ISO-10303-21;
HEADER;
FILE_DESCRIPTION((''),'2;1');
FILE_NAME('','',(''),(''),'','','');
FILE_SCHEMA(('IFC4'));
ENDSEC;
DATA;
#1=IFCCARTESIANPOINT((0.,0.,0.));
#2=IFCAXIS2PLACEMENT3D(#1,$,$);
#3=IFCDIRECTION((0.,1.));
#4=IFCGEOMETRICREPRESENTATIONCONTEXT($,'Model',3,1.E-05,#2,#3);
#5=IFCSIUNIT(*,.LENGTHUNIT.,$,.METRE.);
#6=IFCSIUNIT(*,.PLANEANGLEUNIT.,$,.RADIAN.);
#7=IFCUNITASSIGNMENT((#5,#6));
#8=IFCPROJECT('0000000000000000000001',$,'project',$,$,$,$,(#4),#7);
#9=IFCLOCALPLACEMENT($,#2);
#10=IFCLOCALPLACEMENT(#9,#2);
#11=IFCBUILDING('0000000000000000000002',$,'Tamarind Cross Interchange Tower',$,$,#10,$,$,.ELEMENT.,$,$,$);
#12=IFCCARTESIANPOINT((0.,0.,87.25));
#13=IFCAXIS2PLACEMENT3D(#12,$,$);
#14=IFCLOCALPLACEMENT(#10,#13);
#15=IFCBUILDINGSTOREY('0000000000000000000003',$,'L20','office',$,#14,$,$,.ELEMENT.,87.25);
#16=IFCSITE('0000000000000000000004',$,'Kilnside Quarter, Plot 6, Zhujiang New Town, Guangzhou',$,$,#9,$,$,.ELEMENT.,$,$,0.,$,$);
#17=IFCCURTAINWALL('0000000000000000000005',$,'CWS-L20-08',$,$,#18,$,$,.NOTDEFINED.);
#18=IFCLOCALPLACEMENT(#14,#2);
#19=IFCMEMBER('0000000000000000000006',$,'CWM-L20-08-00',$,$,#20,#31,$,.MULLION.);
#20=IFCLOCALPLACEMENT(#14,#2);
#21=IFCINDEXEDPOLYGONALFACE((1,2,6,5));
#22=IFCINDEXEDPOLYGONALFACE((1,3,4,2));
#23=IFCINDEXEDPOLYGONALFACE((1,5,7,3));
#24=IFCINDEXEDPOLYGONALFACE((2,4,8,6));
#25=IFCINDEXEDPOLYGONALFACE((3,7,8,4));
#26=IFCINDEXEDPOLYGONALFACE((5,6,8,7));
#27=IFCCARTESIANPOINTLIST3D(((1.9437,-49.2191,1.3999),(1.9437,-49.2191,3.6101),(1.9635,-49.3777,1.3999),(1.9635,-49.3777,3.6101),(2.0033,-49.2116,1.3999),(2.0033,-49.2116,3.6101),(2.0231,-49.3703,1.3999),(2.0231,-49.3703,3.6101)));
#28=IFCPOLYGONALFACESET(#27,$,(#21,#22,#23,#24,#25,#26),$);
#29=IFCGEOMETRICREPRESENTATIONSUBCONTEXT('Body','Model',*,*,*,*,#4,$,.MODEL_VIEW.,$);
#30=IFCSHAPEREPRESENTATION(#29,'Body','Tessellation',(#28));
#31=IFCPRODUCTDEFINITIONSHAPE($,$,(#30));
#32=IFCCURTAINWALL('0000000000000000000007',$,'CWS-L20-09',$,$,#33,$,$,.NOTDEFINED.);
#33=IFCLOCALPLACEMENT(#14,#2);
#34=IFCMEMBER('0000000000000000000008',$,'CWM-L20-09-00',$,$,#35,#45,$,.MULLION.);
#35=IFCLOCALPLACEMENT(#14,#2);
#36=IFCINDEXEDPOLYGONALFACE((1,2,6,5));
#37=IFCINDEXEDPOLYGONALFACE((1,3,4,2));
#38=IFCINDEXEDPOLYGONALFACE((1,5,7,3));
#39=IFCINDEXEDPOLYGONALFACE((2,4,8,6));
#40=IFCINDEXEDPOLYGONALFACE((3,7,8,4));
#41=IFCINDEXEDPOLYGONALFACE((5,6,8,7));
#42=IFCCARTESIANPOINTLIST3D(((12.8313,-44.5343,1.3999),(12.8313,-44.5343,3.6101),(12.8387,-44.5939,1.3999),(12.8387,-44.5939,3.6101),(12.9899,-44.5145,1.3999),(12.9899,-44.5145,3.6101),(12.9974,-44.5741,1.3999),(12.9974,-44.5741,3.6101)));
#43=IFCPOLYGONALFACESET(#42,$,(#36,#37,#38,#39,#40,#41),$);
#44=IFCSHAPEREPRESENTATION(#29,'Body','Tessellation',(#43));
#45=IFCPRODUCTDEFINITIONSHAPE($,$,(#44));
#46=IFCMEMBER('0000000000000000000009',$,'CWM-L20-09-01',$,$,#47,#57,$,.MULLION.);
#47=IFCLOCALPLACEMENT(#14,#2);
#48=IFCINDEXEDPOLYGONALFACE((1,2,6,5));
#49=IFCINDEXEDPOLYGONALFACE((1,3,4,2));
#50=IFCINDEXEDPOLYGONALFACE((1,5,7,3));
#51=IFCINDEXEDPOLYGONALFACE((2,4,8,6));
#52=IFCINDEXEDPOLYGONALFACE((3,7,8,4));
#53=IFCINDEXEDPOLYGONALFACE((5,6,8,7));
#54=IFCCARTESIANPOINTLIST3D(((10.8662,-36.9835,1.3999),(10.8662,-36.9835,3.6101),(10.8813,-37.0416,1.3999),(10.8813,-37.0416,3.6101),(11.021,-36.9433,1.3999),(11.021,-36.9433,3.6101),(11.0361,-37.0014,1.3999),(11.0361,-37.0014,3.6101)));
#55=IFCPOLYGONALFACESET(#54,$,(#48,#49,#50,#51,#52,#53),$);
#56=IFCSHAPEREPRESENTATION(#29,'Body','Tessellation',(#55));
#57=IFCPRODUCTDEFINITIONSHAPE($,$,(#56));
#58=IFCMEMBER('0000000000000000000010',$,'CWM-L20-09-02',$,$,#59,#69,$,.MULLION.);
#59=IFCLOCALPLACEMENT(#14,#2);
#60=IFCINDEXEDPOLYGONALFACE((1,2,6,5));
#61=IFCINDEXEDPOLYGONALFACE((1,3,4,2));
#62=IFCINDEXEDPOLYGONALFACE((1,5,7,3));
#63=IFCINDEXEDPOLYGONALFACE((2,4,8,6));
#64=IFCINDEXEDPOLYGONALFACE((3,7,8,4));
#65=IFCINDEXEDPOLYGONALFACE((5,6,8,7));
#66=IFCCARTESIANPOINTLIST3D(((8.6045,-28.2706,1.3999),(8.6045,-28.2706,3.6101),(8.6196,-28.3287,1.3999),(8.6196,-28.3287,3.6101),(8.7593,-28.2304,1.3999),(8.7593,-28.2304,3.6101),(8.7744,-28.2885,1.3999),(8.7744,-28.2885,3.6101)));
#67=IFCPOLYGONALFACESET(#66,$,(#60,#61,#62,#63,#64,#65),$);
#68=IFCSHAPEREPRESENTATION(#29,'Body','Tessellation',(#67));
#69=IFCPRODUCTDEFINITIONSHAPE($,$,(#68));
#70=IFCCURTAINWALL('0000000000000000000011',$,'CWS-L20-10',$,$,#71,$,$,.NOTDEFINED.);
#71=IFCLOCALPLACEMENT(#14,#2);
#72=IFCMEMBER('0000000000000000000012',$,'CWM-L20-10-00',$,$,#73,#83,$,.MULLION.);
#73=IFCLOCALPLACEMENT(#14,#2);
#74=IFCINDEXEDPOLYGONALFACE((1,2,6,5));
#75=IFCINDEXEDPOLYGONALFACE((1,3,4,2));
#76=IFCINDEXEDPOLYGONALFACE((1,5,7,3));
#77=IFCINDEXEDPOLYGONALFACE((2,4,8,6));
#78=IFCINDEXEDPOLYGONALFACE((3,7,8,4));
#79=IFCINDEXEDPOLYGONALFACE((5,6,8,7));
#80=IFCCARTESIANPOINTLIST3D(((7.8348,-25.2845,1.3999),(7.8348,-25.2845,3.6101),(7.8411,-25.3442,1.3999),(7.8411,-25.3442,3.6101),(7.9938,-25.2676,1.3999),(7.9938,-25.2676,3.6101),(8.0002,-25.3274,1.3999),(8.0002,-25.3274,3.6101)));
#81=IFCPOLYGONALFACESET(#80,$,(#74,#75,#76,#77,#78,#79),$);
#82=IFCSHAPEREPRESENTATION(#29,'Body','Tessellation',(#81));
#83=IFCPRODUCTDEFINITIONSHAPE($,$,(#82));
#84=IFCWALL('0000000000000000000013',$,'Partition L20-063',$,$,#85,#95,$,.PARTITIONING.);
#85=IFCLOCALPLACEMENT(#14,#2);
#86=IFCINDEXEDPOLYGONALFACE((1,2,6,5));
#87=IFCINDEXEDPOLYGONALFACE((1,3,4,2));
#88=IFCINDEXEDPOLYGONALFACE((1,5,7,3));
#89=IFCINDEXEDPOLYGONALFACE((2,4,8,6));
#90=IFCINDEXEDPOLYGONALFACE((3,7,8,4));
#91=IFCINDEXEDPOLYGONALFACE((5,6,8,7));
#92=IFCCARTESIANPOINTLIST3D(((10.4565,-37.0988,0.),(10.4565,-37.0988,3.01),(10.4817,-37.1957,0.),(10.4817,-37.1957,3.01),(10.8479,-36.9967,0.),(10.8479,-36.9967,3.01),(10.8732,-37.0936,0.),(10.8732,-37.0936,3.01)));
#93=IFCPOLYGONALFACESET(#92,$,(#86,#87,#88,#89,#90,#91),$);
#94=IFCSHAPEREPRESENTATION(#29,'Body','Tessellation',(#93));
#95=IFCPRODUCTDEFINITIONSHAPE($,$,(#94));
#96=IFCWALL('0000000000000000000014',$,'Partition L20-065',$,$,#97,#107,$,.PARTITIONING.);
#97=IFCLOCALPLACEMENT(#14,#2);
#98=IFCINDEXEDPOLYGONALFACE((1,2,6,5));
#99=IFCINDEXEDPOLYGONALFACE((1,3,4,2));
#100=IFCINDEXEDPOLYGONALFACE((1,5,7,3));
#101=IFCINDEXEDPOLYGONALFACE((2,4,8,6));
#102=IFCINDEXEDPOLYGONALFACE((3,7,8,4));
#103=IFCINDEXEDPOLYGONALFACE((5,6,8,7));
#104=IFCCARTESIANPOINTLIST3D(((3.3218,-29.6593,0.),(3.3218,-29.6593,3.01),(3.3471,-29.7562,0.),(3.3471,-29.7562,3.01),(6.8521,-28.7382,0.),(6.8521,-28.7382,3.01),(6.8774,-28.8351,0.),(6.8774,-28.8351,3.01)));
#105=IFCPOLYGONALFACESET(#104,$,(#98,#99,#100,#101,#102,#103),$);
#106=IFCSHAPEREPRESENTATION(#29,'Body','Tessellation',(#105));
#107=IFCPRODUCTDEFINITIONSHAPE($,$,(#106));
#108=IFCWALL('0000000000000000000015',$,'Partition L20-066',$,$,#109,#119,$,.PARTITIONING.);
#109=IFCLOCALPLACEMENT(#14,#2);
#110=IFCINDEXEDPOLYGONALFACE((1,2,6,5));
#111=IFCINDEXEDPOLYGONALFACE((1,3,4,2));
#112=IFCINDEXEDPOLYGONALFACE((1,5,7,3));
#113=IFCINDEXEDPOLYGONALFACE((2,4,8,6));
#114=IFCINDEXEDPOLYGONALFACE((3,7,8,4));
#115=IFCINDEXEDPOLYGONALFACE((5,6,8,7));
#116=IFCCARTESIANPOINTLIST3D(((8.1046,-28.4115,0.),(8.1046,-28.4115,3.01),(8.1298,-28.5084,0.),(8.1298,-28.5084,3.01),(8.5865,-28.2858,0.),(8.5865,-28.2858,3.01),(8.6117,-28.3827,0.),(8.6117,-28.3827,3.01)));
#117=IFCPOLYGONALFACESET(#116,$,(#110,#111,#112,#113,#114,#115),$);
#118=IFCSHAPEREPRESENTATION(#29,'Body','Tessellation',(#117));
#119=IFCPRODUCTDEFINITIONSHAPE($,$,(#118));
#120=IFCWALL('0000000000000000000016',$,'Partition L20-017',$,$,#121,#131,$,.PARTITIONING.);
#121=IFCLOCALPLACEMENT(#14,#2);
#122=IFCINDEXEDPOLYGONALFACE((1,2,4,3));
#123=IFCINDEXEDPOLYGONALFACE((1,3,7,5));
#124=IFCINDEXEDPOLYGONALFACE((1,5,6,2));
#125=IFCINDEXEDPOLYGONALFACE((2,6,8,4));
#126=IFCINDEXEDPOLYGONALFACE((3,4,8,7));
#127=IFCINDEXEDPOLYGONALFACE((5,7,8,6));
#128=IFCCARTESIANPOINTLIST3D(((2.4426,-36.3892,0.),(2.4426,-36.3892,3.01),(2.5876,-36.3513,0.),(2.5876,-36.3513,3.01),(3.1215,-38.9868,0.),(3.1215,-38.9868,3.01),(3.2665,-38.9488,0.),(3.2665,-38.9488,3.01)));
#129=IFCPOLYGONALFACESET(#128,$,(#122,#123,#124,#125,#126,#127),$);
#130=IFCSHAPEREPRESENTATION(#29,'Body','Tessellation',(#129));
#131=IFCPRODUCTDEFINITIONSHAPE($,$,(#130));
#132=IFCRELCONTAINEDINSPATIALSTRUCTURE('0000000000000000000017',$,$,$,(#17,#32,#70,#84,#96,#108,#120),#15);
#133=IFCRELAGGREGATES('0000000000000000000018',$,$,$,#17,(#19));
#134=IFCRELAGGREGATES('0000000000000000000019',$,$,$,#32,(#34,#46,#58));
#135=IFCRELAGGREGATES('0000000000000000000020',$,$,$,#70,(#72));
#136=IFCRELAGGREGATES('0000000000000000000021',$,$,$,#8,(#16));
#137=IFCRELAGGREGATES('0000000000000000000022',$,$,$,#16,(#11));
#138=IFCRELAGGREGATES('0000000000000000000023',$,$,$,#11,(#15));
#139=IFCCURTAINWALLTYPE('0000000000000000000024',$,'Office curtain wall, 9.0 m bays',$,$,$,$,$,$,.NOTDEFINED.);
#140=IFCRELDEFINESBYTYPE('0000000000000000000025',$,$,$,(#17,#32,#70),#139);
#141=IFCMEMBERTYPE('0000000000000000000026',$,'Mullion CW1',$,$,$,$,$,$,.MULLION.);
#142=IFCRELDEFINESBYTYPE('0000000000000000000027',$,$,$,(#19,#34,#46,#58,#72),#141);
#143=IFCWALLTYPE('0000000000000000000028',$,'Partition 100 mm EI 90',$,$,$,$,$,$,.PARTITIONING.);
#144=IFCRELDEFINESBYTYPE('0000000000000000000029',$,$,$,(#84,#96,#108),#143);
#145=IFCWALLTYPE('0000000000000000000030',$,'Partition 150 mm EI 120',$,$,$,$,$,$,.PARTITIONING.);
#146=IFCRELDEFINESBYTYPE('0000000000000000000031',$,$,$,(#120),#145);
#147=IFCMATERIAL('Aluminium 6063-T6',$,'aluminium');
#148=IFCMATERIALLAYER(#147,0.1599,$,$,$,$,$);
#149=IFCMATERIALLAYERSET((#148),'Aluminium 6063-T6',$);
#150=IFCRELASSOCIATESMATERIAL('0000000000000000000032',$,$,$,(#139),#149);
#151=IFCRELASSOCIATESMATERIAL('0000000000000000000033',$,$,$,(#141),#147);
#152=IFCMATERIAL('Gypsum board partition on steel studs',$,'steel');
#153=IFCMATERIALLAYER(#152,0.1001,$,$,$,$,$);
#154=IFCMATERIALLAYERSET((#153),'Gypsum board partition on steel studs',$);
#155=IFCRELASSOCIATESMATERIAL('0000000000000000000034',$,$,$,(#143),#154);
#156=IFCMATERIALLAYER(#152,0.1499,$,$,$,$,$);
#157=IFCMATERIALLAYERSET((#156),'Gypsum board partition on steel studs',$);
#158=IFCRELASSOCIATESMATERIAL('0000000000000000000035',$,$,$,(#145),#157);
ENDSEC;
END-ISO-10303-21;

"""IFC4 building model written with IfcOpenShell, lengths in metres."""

from ifc_helpers import new_model, si_unit, direction, frame, frame_2d, origin, origin_2d, place, context, subcontext, project, spatial, rectangle, extrude, material, layer, layer_set, material_profile, profile_set, type_object, element, aggregate, save


model = new_model("IFC4")

# Units and contexts
model_context = context("Model", 3, precision=1e-05, world=origin(), true_north=direction((0.0, 1.0)))
body_context = subcontext(model_context, "Body", "Model", "MODEL_VIEW")
ifc_project = project(units=[si_unit("LENGTHUNIT", "METRE"), si_unit("PLANEANGLEUNIT", "RADIAN")], contexts=[model_context])

# Site, building, storey
site_placement = place(None, origin())
site = spatial("IfcSite", under=ifc_project, at=site_placement, Name="Kilnside Quarter, Plot 6, Zhujiang New Town, Guangzhou", CompositionType="ELEMENT", RefElevation=0.0)
building_placement = place(site_placement, origin())
building = spatial("IfcBuilding", under=site, at=building_placement, Name="Tamarind Cross Interchange Tower", CompositionType="ELEMENT")
storey_placement = place(building_placement, frame((0.0, 0.0, 87.25)))
storey = spatial("IfcBuildingStorey", under=building, at=storey_placement, Name="L20", Description="office", CompositionType="ELEMENT", Elevation=87.25)

# Curtain wall, member
ifc_material_1 = material(Name="Aluminium 6063-T6", Category="aluminium")
ifc_layer_1 = layer(ifc_material_1, 0.1599)
ifc_layer_set_1 = layer_set([ifc_layer_1], Name="Aluminium 6063-T6")
curtain_wall_type = type_object("IfcCurtainWallType", Name="Office curtain wall, 9.0 m bays", PredefinedType="NOTDEFINED", material=ifc_layer_set_1)
curtain_wall_1_placement = place(storey_placement, origin())
curtain_wall_1 = element("IfcCurtainWall", 1, at=curtain_wall_1_placement, inside=storey, type_object=curtain_wall_type, Name="CWS-L20-08", PredefinedType="NOTDEFINED")
ifc_material_profile_1 = material_profile(ifc_material_1, rectangle(XDim=0.0601, YDim=0.1599, at=origin_2d()), Name="Mullion CW1")
ifc_profile_set_1 = profile_set([ifc_material_profile_1], Name="Aluminium 6063-T6")
member_type = type_object("IfcMemberType", Name="Mullion CW1", PredefinedType="MULLION", material=ifc_profile_set_1)
member_1_placement = place(storey_placement, frame((1.9834, -49.2947, 1.3999), z_axis=(0.0, 0.0, 1.0), x_axis=(0.992273, 0.124073, 0.0)))
member_1 = element("IfcMember", 2, at=member_1_placement, type_object=member_type, Name="CWM-L20-08-00", PredefinedType="MULLION", context=body_context, shape_type="SweptSolid", body=[
    extrude(rectangle(XDim=0.0601, YDim=0.1599, at=origin_2d()), origin(), (0.0, 0.0, 1.0), 2.2102),
])
aggregate(curtain_wall_1, [member_1])

# Curtain wall, members
curtain_wall_2_placement = place(storey_placement, origin())
curtain_wall_2 = element("IfcCurtainWall", 3, at=curtain_wall_2_placement, inside=storey, type_object=curtain_wall_type, Name="CWS-L20-09", PredefinedType="NOTDEFINED")
member_2_placement = place(storey_placement, frame((12.9143, -44.5542, 1.3999), z_axis=(0.0, 0.0, 1.0), x_axis=(-0.123426, 0.992354, 0.0)))
member_2 = element("IfcMember", 4, at=member_2_placement, type_object=member_type, Name="CWM-L20-09-00", PredefinedType="MULLION", context=body_context, shape_type="SweptSolid", body=[
    extrude(rectangle(XDim=0.0601, YDim=0.1599, at=origin_2d()), origin(), (0.0, 0.0, 1.0), 2.2102),
])
member_3_placement = place(storey_placement, frame((10.9512, -36.9924, 1.3999), z_axis=(0.0, 0.0, 1.0), x_axis=(-0.251267, 0.967918, 0.0)))
member_3 = element("IfcMember", 5, at=member_3_placement, type_object=member_type, Name="CWM-L20-09-01", PredefinedType="MULLION", context=body_context, shape_type="SweptSolid", body=[
    extrude(rectangle(XDim=0.0601, YDim=0.1599, at=origin_2d()), origin(), (0.0, 0.0, 1.0), 2.2102),
])
member_4_placement = place(storey_placement, frame((8.6895, -28.2795, 1.3999), z_axis=(0.0, 0.0, 1.0), x_axis=(-0.251267, 0.967918, 0.0)))
member_4 = element("IfcMember", 6, at=member_4_placement, type_object=member_type, Name="CWM-L20-09-02", PredefinedType="MULLION", context=body_context, shape_type="SweptSolid", body=[
    extrude(rectangle(XDim=0.0601, YDim=0.1599, at=origin_2d()), origin(), (0.0, 0.0, 1.0), 2.2102),
])
aggregate(curtain_wall_2, [member_2, member_3, member_4])

# Curtain wall, member
curtain_wall_3_placement = place(storey_placement, origin())
curtain_wall_3 = element("IfcCurtainWall", 7, at=curtain_wall_3_placement, inside=storey, type_object=curtain_wall_type, Name="CWS-L20-10", PredefinedType="NOTDEFINED")
member_5_placement = place(storey_placement, frame((7.9175, -25.3059, 1.3999), z_axis=(0.0, 0.0, 1.0), x_axis=(-0.105306, 0.99444, 0.0)))
member_5 = element("IfcMember", 8, at=member_5_placement, type_object=member_type, Name="CWM-L20-10-00", PredefinedType="MULLION", context=body_context, shape_type="SweptSolid", body=[
    extrude(rectangle(XDim=0.0601, YDim=0.1599, at=origin_2d()), origin(), (0.0, 0.0, 1.0), 2.2102),
])
aggregate(curtain_wall_3, [member_5])

# Walls
ifc_material_2 = material(Name="Gypsum board partition on steel studs", Category="steel")
ifc_layer_2 = layer(ifc_material_2, 0.1001)
ifc_layer_set_2 = layer_set([ifc_layer_2], Name="Gypsum board partition on steel studs")
wall_type_1 = type_object("IfcWallType", Name="Partition 100 mm EI 90", PredefinedType="PARTITIONING", material=ifc_layer_set_2)
wall_1_placement = place(storey_placement, frame((10.4692, -37.1472, 0.0), z_axis=(0.0, 0.0, 1.0), x_axis=(0.967643, 0.252324, 0.0)))
element("IfcWall", 9, at=wall_1_placement, inside=storey, type_object=wall_type_1, Name="Partition L20-063", PredefinedType="PARTITIONING", context=body_context, shape_type="SweptSolid", body=[
    extrude(rectangle(XDim=0.4045, YDim=0.1001, at=frame_2d((0.2021, 0.0))), origin(), (0.0, 0.0, 1.0), 3.01),
])
wall_2_placement = place(storey_placement, frame((3.3345, -29.7078, 0.0), z_axis=(0.0, 0.0, 1.0), x_axis=(0.967604, 0.252474, 0.0)))
element("IfcWall", 10, at=wall_2_placement, inside=storey, type_object=wall_type_1, Name="Partition L20-065", PredefinedType="PARTITIONING", context=body_context, shape_type="SweptSolid", body=[
    extrude(rectangle(XDim=3.6484, YDim=0.1001, at=frame_2d((1.8242, 0.0))), origin(), (0.0, 0.0, 1.0), 3.01),
])
wall_3_placement = place(storey_placement, frame((8.1172, -28.46, 0.0), z_axis=(0.0, 0.0, 1.0), x_axis=(0.967612, 0.252442, 0.0)))
element("IfcWall", 11, at=wall_3_placement, inside=storey, type_object=wall_type_1, Name="Partition L20-066", PredefinedType="PARTITIONING", context=body_context, shape_type="SweptSolid", body=[
    extrude(rectangle(XDim=0.498, YDim=0.1001, at=frame_2d((0.249, 0.0))), origin(), (0.0, 0.0, 1.0), 3.01),
])
ifc_layer_3 = layer(ifc_material_2, 0.1499)
ifc_layer_set_3 = layer_set([ifc_layer_3], Name="Gypsum board partition on steel studs")
wall_type_2 = type_object("IfcWallType", Name="Partition 150 mm EI 120", PredefinedType="PARTITIONING", material=ifc_layer_set_3)
wall_4_placement = place(storey_placement, frame((2.5151, -36.3704, 0.0), z_axis=(0.0, 0.0, 1.0), x_axis=(0.252877, -0.967498, 0.0)))
element("IfcWall", 12, at=wall_4_placement, inside=storey, type_object=wall_type_2, Name="Partition L20-017", PredefinedType="PARTITIONING", context=body_context, shape_type="SweptSolid", body=[
    extrude(rectangle(XDim=2.6848, YDim=0.1499, at=frame_2d((1.3423, 0.0))), origin(), (0.0, 0.0, 1.0), 3.01),
])

save(model, "model.ifc")
